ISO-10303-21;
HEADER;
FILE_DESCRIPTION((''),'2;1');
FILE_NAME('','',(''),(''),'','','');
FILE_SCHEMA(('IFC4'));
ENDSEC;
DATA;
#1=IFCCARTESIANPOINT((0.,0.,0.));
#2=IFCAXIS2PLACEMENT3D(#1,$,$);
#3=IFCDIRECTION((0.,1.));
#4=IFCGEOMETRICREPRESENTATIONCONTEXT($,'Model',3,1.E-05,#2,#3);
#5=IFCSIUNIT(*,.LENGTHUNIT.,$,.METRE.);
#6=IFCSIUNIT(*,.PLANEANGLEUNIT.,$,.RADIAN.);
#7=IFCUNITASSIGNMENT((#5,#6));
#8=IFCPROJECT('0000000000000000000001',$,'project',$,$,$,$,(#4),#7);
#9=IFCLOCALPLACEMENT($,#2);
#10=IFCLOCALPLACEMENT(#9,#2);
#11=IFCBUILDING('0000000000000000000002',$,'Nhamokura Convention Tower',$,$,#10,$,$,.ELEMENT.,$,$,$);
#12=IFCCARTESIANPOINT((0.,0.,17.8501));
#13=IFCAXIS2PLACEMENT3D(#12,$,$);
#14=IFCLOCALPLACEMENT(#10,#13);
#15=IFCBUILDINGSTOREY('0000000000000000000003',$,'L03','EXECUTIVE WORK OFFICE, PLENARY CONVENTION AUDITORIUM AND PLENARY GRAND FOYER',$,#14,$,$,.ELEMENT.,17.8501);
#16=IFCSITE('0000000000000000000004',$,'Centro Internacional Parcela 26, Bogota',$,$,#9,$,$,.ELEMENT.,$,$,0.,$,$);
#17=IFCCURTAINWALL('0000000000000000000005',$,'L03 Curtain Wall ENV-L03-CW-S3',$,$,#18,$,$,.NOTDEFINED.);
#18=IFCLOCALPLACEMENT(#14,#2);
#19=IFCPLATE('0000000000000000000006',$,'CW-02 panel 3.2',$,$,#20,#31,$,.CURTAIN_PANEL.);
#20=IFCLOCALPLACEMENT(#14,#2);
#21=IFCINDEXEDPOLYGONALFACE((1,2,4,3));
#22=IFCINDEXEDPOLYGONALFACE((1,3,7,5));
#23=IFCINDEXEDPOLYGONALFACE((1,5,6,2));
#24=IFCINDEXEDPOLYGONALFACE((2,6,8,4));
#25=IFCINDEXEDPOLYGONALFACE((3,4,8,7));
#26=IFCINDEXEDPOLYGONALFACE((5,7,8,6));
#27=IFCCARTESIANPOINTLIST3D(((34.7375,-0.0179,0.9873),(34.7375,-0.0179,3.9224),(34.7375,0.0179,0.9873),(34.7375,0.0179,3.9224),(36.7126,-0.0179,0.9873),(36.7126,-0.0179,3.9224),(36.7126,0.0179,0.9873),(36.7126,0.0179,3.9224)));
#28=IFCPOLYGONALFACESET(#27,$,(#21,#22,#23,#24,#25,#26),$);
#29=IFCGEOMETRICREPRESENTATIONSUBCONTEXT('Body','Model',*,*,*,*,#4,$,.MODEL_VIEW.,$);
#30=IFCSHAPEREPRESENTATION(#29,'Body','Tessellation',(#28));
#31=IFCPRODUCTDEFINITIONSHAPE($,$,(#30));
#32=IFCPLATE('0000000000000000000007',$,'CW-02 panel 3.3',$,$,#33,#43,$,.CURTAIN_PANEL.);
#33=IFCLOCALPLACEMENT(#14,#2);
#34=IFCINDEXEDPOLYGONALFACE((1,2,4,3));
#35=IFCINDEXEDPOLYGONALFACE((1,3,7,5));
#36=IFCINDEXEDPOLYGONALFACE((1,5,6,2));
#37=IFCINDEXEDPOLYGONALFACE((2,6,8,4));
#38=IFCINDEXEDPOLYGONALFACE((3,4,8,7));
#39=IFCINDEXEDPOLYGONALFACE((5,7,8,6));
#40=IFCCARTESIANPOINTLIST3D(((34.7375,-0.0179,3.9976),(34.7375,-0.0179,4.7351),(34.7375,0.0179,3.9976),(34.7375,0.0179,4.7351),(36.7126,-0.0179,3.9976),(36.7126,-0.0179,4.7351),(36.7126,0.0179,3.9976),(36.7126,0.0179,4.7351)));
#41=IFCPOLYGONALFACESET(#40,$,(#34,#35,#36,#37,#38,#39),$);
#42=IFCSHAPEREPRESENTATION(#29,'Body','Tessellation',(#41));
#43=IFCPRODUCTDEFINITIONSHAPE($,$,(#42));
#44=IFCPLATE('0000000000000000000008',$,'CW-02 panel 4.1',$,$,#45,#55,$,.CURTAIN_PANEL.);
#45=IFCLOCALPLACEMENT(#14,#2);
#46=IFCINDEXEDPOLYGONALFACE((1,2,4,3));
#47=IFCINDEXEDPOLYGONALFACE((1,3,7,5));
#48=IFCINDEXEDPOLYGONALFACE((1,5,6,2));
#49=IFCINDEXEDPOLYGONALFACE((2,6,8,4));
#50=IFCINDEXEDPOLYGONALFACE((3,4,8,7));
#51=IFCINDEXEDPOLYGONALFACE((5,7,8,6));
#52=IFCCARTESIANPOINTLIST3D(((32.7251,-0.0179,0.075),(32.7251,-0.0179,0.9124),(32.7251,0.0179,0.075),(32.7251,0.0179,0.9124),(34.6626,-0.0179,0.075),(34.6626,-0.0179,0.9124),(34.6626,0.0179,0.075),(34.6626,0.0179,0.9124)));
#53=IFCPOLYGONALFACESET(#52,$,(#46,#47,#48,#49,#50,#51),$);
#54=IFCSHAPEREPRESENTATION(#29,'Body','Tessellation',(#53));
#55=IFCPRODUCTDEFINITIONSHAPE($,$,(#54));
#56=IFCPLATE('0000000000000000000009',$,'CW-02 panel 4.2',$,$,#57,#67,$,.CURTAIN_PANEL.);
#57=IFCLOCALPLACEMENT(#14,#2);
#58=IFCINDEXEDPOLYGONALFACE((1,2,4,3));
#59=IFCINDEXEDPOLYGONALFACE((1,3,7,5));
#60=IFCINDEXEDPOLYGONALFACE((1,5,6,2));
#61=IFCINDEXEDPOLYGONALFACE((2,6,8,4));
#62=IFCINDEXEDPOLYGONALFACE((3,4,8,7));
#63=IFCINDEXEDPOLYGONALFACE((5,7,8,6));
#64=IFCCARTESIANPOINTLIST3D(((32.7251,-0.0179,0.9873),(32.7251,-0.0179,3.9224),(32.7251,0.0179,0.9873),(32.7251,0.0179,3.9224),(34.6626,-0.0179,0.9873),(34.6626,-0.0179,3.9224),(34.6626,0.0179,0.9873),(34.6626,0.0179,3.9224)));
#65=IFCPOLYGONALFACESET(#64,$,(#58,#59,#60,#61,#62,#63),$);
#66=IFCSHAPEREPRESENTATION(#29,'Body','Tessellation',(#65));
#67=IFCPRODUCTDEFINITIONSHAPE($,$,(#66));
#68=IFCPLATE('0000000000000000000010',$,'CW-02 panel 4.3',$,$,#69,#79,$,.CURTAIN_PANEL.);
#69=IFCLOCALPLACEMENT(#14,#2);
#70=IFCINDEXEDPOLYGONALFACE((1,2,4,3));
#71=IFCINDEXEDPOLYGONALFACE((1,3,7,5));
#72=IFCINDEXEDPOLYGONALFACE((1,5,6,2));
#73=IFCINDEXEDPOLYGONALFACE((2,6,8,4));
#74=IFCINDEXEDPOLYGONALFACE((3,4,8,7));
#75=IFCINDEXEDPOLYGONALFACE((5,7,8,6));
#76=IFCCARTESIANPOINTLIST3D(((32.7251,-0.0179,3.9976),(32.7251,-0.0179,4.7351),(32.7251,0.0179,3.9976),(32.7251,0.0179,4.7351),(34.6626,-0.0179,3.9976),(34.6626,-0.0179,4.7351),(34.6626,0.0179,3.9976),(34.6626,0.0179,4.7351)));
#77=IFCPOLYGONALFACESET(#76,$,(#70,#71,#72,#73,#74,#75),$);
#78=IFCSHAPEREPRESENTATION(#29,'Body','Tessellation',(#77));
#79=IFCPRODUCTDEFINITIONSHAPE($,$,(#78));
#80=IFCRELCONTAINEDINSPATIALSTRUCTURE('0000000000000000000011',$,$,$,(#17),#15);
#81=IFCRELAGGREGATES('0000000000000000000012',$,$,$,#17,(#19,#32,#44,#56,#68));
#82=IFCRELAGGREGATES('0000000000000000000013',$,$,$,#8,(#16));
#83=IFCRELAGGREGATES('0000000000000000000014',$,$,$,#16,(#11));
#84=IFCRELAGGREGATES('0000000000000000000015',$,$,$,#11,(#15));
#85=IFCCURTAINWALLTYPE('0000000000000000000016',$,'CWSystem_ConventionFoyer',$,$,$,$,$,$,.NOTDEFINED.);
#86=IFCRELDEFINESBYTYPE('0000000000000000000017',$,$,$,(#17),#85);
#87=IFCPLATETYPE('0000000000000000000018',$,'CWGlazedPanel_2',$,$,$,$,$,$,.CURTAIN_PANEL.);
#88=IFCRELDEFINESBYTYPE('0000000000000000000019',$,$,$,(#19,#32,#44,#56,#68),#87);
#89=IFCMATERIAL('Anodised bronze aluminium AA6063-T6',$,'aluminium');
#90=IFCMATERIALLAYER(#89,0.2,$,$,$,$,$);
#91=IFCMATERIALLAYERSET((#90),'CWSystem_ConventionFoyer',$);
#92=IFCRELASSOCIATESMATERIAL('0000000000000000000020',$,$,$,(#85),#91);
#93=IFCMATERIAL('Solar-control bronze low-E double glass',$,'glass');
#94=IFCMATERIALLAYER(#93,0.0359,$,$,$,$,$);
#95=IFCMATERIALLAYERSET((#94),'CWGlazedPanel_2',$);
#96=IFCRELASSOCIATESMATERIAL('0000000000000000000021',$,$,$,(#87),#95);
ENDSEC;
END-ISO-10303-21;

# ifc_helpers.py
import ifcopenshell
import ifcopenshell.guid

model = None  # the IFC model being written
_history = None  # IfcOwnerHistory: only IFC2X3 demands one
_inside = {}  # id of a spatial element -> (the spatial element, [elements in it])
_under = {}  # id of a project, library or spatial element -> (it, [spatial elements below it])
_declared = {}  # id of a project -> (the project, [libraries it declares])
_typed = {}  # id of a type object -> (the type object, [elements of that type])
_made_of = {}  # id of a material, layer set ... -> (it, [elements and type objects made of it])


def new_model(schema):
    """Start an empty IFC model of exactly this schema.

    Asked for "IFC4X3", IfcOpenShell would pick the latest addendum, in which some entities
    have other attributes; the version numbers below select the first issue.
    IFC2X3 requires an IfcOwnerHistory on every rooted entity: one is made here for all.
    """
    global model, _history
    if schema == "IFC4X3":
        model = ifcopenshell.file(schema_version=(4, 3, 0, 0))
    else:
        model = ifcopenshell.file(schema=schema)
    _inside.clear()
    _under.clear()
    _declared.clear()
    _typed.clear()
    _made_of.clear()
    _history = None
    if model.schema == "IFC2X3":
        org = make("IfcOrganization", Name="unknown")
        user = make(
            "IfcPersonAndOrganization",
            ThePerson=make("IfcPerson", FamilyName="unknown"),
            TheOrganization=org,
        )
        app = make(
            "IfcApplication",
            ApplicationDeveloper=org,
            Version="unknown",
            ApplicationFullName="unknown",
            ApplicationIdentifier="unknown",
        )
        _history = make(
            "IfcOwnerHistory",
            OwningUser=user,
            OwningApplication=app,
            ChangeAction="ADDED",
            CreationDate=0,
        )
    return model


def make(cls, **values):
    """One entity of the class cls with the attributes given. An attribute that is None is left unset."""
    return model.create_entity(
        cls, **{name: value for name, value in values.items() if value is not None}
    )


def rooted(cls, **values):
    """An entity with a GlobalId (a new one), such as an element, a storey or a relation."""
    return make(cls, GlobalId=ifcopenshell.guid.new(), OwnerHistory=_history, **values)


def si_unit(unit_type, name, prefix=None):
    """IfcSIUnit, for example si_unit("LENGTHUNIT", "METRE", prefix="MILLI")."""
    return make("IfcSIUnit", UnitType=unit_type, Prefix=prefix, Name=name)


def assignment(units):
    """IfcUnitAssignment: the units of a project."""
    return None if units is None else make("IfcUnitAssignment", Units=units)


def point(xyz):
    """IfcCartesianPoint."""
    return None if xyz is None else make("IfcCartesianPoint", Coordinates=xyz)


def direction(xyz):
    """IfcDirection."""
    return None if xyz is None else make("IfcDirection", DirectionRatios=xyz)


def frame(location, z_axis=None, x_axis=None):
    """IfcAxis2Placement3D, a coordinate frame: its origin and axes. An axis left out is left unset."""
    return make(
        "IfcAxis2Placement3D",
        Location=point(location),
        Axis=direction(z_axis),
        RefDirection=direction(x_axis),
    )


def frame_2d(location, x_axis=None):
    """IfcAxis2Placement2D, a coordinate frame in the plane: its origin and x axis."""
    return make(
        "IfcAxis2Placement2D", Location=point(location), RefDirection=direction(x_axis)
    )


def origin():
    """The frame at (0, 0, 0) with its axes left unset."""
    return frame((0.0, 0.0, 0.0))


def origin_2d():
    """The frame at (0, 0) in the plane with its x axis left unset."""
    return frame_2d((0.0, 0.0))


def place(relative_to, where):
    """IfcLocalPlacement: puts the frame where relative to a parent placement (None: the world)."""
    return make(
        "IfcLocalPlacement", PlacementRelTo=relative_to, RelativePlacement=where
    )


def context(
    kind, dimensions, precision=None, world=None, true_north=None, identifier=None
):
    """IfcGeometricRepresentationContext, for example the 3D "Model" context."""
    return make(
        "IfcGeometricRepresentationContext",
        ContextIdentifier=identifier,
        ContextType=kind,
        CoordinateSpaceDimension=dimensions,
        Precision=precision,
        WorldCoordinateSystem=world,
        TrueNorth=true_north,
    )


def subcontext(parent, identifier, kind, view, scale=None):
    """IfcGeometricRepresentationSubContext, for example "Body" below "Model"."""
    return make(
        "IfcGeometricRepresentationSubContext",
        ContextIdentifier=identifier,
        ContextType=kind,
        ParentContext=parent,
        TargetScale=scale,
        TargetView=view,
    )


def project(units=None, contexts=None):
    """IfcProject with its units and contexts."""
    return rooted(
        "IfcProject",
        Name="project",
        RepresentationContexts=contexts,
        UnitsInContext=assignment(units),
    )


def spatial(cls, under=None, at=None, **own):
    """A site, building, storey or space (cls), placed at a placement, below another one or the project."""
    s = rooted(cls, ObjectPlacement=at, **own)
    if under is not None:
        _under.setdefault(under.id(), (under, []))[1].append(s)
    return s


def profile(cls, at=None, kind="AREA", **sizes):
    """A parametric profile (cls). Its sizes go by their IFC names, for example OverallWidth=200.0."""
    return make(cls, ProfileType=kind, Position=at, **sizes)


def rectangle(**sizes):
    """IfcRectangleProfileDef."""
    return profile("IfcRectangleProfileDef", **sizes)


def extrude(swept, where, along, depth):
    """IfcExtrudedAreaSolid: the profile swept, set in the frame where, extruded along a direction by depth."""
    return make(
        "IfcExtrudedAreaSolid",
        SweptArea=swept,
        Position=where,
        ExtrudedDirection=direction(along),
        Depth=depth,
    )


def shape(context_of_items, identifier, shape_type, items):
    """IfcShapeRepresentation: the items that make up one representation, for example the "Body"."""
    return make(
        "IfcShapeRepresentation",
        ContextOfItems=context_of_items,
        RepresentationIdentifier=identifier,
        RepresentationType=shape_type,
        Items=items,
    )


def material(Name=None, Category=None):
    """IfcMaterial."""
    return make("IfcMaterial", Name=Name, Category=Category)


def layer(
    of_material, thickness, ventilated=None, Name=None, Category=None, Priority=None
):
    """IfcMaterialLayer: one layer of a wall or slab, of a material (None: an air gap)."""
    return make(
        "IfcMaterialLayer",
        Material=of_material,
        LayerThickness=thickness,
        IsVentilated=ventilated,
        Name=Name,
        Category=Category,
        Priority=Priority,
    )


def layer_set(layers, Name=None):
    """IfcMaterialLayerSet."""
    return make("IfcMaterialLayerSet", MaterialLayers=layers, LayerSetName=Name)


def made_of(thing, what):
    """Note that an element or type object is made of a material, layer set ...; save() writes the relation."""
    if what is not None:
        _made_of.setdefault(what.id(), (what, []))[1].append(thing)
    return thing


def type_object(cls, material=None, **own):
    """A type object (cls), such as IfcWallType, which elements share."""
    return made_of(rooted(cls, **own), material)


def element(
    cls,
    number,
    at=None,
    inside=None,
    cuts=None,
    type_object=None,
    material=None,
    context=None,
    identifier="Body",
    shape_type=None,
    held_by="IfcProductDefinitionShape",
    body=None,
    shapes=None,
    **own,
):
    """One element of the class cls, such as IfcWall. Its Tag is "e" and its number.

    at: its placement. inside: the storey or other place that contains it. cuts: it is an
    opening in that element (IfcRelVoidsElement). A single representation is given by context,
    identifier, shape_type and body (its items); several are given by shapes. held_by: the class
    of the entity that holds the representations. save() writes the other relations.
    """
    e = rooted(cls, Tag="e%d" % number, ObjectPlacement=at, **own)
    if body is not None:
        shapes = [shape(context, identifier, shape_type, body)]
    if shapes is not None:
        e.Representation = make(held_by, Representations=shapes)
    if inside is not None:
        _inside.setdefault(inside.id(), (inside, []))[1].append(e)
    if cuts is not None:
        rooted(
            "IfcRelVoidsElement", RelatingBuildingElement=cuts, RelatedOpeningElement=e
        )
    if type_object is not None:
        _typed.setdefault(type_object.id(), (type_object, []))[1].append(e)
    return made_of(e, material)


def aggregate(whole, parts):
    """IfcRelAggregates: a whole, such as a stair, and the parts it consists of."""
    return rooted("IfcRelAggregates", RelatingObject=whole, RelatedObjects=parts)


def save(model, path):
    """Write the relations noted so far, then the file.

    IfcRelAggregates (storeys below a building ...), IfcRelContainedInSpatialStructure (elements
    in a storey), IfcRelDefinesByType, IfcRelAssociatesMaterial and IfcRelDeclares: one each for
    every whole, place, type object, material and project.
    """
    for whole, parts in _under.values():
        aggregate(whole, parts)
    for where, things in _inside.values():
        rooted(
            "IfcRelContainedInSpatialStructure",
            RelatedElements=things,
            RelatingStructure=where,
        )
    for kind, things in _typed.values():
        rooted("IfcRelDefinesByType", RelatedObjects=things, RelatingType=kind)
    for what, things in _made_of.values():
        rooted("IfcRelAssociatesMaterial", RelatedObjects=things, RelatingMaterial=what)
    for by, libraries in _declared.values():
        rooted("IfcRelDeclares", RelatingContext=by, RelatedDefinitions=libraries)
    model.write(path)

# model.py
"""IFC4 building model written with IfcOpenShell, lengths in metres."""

from ifc_helpers import new_model, si_unit, direction, frame, origin, origin_2d, place, context, subcontext, project, spatial, rectangle, extrude, material, layer, layer_set, type_object, element, aggregate, save


model = new_model("IFC4")

# Units and contexts
model_context = context("Model", 3, precision=1e-05, world=origin(), true_north=direction((0.0, 1.0)))
body_context = subcontext(model_context, "Body", "Model", "MODEL_VIEW")
ifc_project = project(units=[si_unit("LENGTHUNIT", "METRE"), si_unit("PLANEANGLEUNIT", "RADIAN")], contexts=[model_context])

# Site, building, storey
site_placement = place(None, origin())
site = spatial("IfcSite", under=ifc_project, at=site_placement, Name="Centro Internacional Parcela 26, Bogota", CompositionType="ELEMENT", RefElevation=0.0)
building_placement = place(site_placement, origin())
building = spatial("IfcBuilding", under=site, at=building_placement, Name="Nhamokura Convention Tower", CompositionType="ELEMENT")
storey_placement = place(building_placement, frame((0.0, 0.0, 17.8501)))
storey = spatial("IfcBuildingStorey", under=building, at=storey_placement, Name="L03", Description="EXECUTIVE WORK OFFICE, PLENARY CONVENTION AUDITORIUM AND PLENARY GRAND FOYER", CompositionType="ELEMENT", Elevation=17.8501)

# Shared definitions
ifc_material_1 = material(Name="Anodised bronze aluminium AA6063-T6", Category="aluminium")
ifc_layer_1 = layer(ifc_material_1, 0.2)
ifc_layer_set_1 = layer_set([ifc_layer_1], Name="CWSystem_ConventionFoyer")
curtain_wall_type = type_object("IfcCurtainWallType", Name="CWSystem_ConventionFoyer", PredefinedType="NOTDEFINED", material=ifc_layer_set_1)

# Curtain wall
curtain_wall_1_placement = place(storey_placement, origin())
curtain_wall_1 = element("IfcCurtainWall", 1, at=curtain_wall_1_placement, inside=storey, type_object=curtain_wall_type, Name="L03 Curtain Wall ENV-L03-CW-S3", PredefinedType="NOTDEFINED")

# Plates
ifc_material_2 = material(Name="Solar-control bronze low-E double glass", Category="glass")
ifc_layer_2 = layer(ifc_material_2, 0.0359)
ifc_layer_set_2 = layer_set([ifc_layer_2], Name="CWGlazedPanel_2")
plate_type = type_object("IfcPlateType", Name="CWGlazedPanel_2", PredefinedType="CURTAIN_PANEL", material=ifc_layer_set_2)
plate_1_placement = place(storey_placement, frame((35.7251, 0.0, 0.9873), z_axis=(0.0, 0.0, 1.0), x_axis=(-1.0, 0.0, 0.0)))
plate_1 = element("IfcPlate", 2, at=plate_1_placement, type_object=plate_type, Name="CW-02 panel 3.2", PredefinedType="CURTAIN_PANEL", context=body_context, shape_type="SweptSolid", body=[
    extrude(rectangle(XDim=1.9751, YDim=0.0359, at=origin_2d()), origin(), (0.0, 0.0, 1.0), 2.9351),
])
plate_2_placement = place(storey_placement, frame((35.7251, 0.0, 3.9976), z_axis=(0.0, 0.0, 1.0), x_axis=(-1.0, 0.0, 0.0)))
plate_2 = element("IfcPlate", 3, at=plate_2_placement, type_object=plate_type, Name="CW-02 panel 3.3", PredefinedType="CURTAIN_PANEL", context=body_context, shape_type="SweptSolid", body=[
    extrude(rectangle(XDim=1.9751, YDim=0.0359, at=origin_2d()), origin(), (0.0, 0.0, 1.0), 0.7375),
])
plate_3_placement = place(storey_placement, frame((33.6938, 0.0, 0.075), z_axis=(0.0, 0.0, 1.0), x_axis=(-1.0, 0.0, 0.0)))
plate_3 = element("IfcPlate", 4, at=plate_3_placement, type_object=plate_type, Name="CW-02 panel 4.1", PredefinedType="CURTAIN_PANEL", context=body_context, shape_type="SweptSolid", body=[
    extrude(rectangle(XDim=1.9375, YDim=0.0359, at=origin_2d()), origin(), (0.0, 0.0, 1.0), 0.8374),
])
plate_4_placement = place(storey_placement, frame((33.6938, 0.0, 0.9873), z_axis=(0.0, 0.0, 1.0), x_axis=(-1.0, 0.0, 0.0)))
plate_4 = element("IfcPlate", 5, at=plate_4_placement, type_object=plate_type, Name="CW-02 panel 4.2", PredefinedType="CURTAIN_PANEL", context=body_context, shape_type="SweptSolid", body=[
    extrude(rectangle(XDim=1.9375, YDim=0.0359, at=origin_2d()), origin(), (0.0, 0.0, 1.0), 2.9351),
])
plate_5_placement = place(storey_placement, frame((33.6938, 0.0, 3.9976), z_axis=(0.0, 0.0, 1.0), x_axis=(-1.0, 0.0, 0.0)))
plate_5 = element("IfcPlate", 6, at=plate_5_placement, type_object=plate_type, Name="CW-02 panel 4.3", PredefinedType="CURTAIN_PANEL", context=body_context, shape_type="SweptSolid", body=[
    extrude(rectangle(XDim=1.9375, YDim=0.0359, at=origin_2d()), origin(), (0.0, 0.0, 1.0), 0.7375),
])
aggregate(curtain_wall_1, [plate_1, plate_2, plate_3, plate_4, plate_5])

save(model, "model.ifc")
